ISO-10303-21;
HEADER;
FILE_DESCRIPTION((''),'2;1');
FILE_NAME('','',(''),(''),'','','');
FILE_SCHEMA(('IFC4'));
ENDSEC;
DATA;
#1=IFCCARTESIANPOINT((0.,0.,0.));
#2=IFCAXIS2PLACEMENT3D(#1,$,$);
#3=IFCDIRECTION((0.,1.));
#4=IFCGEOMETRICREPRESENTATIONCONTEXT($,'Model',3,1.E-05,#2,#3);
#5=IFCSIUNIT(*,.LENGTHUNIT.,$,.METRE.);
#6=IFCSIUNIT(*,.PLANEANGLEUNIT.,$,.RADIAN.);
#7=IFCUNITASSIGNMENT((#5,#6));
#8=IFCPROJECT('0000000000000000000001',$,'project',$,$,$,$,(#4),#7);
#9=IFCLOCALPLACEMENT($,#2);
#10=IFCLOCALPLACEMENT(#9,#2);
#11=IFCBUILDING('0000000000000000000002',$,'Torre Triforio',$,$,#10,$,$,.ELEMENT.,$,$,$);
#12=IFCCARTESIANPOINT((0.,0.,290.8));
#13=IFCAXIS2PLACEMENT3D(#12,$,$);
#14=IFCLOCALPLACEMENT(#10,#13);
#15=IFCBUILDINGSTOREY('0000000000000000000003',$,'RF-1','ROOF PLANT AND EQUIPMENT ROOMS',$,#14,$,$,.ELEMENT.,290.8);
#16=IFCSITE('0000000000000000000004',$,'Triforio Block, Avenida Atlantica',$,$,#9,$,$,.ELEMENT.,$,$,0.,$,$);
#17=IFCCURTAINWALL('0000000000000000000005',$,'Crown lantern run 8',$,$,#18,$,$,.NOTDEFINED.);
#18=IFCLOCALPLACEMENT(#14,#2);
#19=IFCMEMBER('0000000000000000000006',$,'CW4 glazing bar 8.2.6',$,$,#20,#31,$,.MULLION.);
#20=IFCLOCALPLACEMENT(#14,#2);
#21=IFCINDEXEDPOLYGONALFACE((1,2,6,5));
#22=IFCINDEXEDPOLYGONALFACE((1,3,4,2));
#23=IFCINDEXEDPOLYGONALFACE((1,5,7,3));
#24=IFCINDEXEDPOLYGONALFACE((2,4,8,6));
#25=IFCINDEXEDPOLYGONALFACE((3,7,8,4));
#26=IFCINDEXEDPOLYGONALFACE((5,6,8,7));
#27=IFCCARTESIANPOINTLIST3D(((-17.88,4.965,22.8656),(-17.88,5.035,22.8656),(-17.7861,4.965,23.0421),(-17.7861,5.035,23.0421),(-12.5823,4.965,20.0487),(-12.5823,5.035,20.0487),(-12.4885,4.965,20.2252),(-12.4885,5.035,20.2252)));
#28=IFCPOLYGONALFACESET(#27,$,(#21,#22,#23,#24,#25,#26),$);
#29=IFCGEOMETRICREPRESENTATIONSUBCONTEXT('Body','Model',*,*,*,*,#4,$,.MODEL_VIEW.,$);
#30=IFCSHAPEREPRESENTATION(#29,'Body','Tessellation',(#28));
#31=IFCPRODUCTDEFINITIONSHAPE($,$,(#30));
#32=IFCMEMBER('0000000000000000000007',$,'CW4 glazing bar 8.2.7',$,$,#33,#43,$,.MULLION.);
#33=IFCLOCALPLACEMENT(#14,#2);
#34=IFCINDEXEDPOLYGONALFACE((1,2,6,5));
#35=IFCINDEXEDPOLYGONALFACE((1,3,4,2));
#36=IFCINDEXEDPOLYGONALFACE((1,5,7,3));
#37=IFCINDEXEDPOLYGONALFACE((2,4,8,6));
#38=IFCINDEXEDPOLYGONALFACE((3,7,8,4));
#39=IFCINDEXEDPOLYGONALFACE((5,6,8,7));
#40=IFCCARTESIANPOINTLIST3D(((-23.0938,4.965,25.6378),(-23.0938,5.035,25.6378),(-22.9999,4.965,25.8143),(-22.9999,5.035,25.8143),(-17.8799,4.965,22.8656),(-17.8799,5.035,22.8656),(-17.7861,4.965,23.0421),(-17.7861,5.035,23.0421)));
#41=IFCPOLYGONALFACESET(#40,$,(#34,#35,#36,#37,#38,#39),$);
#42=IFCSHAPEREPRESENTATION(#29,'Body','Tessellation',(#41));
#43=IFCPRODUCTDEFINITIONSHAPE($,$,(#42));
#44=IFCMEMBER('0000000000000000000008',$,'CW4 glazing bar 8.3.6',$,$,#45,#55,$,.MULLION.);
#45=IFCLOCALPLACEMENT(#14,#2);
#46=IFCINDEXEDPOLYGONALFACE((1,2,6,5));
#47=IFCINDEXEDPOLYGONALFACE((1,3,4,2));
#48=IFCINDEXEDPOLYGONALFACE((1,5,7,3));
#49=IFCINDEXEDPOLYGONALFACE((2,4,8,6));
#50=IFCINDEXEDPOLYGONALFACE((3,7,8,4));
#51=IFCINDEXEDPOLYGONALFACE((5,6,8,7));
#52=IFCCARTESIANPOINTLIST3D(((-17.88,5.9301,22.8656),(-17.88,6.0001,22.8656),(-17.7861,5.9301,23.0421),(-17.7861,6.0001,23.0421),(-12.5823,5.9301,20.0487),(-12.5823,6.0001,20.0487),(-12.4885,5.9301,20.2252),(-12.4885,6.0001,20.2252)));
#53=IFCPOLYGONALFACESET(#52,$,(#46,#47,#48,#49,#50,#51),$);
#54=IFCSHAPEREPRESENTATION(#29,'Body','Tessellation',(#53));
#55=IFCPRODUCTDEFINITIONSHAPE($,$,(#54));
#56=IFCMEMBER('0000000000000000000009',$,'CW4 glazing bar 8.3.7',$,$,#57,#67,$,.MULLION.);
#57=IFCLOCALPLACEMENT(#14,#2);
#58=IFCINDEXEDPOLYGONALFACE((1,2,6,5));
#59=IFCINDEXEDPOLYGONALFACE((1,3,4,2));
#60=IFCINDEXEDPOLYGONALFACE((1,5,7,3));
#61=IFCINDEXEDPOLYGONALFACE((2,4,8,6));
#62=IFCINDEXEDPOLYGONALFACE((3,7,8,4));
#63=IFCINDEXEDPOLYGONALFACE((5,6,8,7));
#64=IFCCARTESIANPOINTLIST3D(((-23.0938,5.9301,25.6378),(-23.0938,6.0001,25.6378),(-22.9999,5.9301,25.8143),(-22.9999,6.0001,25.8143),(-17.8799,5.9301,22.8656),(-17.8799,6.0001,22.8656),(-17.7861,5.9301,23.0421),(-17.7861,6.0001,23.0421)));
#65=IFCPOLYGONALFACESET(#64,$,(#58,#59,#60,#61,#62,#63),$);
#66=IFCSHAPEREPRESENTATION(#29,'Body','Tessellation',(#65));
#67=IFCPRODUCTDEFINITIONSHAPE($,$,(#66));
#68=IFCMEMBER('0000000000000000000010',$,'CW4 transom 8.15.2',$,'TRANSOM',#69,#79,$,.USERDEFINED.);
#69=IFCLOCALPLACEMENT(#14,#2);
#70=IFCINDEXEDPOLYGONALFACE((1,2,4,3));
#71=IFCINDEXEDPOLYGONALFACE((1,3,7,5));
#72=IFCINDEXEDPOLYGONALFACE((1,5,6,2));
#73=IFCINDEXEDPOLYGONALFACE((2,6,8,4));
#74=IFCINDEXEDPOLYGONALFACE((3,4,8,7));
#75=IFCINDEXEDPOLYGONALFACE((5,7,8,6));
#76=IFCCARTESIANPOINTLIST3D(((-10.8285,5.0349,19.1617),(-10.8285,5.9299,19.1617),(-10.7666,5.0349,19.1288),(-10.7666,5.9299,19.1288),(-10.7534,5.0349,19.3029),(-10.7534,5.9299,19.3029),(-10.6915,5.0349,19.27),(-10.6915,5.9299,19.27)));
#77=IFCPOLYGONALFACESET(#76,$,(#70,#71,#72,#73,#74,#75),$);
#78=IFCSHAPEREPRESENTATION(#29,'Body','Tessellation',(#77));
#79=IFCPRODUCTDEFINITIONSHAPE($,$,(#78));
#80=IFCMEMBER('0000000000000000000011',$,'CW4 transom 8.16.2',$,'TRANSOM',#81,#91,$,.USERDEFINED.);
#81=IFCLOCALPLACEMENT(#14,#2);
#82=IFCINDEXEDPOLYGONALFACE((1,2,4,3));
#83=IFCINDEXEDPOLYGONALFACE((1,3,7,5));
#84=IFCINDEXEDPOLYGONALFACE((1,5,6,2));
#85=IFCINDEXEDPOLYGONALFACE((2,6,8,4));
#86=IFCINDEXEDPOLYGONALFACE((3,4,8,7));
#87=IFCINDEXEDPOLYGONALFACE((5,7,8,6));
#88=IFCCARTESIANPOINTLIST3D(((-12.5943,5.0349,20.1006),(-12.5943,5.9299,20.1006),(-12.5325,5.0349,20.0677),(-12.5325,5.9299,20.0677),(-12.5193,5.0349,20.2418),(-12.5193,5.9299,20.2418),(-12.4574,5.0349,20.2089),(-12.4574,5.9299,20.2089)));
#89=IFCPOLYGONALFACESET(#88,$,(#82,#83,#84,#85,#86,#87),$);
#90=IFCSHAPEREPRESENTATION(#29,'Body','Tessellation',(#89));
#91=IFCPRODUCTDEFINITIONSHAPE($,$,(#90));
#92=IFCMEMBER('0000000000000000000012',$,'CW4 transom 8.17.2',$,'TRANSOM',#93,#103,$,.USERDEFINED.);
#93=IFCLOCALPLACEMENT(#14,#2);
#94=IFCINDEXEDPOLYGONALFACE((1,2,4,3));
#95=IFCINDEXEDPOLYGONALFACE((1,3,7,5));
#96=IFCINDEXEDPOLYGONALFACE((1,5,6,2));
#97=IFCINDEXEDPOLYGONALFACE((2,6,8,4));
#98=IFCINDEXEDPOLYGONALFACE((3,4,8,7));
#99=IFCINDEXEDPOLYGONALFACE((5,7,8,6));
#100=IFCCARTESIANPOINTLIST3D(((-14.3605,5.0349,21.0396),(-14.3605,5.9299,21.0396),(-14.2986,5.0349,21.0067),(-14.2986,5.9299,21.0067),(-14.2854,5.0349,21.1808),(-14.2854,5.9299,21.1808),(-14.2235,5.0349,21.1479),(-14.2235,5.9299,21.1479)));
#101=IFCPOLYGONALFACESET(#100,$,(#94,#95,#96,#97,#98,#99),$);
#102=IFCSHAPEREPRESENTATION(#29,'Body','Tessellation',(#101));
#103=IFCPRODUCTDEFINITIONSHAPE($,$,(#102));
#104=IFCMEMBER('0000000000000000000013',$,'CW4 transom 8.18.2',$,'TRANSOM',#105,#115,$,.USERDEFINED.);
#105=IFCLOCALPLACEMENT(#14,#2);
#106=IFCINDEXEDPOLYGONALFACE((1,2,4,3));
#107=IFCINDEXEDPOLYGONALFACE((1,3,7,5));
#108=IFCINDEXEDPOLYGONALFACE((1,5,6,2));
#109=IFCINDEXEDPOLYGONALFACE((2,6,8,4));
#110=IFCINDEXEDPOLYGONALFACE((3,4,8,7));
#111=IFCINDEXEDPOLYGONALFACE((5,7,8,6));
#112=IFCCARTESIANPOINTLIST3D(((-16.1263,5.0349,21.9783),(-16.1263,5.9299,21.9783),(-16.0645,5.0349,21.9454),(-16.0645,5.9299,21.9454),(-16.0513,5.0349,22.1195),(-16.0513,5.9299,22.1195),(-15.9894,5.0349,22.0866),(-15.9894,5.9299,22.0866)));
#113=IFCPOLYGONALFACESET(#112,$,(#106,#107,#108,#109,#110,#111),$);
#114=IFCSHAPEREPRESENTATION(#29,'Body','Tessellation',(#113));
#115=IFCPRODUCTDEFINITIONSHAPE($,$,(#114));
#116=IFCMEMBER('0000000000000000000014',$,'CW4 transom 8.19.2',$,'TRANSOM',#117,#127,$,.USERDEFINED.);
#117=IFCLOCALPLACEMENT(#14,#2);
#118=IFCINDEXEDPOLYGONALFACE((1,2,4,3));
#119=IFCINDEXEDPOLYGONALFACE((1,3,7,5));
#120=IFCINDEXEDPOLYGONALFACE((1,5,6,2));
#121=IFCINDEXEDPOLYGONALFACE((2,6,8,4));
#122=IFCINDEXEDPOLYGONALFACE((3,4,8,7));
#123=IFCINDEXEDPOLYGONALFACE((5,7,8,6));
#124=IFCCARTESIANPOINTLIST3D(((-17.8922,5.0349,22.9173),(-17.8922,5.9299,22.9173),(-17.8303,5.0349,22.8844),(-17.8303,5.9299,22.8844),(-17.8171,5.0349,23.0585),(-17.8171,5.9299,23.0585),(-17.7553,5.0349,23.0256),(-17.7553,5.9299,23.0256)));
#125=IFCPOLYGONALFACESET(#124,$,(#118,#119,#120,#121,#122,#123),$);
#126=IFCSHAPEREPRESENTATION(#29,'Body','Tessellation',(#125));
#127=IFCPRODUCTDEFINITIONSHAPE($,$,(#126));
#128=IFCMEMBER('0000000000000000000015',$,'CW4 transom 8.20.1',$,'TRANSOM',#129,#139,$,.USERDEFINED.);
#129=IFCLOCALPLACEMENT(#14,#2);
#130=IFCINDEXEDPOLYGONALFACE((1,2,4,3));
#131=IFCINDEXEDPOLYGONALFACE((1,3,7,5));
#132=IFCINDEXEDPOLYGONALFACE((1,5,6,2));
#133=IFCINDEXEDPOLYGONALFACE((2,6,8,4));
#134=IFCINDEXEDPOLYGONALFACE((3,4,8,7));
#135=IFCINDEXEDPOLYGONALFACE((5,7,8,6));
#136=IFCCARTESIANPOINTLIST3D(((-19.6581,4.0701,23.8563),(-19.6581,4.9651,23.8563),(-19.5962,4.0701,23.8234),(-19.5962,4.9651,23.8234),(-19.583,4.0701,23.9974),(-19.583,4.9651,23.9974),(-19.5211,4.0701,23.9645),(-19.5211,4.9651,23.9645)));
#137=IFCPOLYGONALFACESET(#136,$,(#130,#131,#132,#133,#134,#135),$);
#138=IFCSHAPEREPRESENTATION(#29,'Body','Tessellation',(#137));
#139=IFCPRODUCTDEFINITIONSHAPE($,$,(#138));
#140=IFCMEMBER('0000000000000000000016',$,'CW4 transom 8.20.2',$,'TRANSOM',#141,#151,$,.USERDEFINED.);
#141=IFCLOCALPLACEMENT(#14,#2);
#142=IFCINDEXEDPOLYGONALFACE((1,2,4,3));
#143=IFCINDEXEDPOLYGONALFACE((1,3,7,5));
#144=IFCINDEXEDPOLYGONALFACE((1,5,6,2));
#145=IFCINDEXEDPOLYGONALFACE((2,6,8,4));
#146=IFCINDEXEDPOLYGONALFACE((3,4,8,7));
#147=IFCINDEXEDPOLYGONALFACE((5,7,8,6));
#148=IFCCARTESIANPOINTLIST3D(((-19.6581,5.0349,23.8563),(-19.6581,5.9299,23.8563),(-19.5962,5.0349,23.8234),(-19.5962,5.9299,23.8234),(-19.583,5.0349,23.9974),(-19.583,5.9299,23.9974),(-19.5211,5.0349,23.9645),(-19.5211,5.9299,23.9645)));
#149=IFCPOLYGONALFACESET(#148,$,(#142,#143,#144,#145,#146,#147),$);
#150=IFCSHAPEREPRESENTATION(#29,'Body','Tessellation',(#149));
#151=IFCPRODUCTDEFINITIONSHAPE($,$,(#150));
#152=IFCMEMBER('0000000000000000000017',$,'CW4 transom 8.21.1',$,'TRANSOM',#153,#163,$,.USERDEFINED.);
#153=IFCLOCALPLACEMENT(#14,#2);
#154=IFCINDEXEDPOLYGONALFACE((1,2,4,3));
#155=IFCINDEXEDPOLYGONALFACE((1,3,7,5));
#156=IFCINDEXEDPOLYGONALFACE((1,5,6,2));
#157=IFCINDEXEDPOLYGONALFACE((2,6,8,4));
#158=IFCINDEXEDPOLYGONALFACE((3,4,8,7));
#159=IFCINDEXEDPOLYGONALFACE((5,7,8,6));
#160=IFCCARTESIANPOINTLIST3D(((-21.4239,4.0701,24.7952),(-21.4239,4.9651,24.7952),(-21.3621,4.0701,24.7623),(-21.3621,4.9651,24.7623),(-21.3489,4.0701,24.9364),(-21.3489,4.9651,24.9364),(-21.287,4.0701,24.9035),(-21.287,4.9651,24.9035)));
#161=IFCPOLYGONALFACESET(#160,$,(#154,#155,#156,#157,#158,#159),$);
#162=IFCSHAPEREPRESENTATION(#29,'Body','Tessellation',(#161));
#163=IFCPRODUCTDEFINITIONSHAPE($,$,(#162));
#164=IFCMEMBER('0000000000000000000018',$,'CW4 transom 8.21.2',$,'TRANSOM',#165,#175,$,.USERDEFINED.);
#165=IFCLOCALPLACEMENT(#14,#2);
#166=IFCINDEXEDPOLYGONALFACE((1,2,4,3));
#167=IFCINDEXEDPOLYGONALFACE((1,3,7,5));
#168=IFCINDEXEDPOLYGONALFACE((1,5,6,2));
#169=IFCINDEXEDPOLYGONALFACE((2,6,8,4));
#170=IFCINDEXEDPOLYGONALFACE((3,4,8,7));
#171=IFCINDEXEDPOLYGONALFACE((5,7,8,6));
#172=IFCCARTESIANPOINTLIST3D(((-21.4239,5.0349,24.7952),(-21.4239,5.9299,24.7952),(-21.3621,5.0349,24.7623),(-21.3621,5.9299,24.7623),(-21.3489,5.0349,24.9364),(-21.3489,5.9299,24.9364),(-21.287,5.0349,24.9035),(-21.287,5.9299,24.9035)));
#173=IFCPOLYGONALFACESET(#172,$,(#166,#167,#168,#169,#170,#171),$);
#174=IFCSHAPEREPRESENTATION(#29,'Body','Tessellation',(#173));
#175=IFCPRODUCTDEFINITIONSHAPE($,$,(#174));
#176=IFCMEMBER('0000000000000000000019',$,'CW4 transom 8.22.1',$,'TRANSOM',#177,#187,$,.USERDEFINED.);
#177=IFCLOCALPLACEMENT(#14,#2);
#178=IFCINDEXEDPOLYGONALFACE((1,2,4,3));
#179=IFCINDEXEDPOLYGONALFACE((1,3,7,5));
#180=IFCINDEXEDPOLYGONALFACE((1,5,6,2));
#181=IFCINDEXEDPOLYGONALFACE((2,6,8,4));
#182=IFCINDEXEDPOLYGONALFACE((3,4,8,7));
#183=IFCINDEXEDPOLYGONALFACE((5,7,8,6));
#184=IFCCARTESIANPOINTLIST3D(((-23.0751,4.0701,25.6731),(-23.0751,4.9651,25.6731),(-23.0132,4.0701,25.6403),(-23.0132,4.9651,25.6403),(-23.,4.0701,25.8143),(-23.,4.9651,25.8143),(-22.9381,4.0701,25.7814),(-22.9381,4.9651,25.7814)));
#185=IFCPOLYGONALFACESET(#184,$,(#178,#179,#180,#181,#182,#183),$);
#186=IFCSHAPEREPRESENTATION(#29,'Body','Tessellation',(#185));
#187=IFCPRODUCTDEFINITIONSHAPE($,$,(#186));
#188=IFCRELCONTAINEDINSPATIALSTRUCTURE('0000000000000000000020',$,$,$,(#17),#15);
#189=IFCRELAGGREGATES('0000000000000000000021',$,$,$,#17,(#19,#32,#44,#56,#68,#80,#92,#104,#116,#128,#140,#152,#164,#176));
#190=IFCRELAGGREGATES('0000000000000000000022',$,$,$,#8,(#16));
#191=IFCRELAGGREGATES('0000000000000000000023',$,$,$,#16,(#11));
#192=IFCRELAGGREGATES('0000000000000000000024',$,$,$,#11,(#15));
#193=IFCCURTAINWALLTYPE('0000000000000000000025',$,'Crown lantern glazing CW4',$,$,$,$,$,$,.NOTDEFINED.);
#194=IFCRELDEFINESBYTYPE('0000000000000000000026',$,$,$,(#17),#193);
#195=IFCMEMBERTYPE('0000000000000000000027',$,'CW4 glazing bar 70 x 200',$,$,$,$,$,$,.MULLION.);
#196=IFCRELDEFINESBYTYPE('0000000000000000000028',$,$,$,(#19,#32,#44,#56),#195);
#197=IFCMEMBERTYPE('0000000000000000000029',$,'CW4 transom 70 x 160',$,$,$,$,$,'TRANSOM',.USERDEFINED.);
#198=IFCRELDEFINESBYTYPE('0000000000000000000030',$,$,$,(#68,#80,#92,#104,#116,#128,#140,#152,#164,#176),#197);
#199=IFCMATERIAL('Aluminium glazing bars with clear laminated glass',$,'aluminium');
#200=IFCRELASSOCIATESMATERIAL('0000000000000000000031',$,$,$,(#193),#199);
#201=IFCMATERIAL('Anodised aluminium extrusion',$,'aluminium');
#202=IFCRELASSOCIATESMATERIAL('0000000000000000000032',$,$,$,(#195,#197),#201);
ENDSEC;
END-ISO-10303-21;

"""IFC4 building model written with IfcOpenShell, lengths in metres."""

from ifc_helpers import new_model, si_unit, direction, frame, origin, origin_2d, place, context, subcontext, project, spatial, rectangle, extrude, material, material_profile, profile_set, type_object, element, aggregate, save


model = new_model("IFC4")

# Units and contexts
model_context = context("Model", 3, precision=1e-05, world=origin(), true_north=direction((0.0, 1.0)))
body_context = subcontext(model_context, "Body", "Model", "MODEL_VIEW")
ifc_project = project(units=[si_unit("LENGTHUNIT", "METRE"), si_unit("PLANEANGLEUNIT", "RADIAN")], contexts=[model_context])

# Site, building, storey
site_placement = place(None, origin())
site = spatial("IfcSite", under=ifc_project, at=site_placement, Name="Triforio Block, Avenida Atlantica", CompositionType="ELEMENT", RefElevation=0.0)
building_placement = place(site_placement, origin())
building = spatial("IfcBuilding", under=site, at=building_placement, Name="Torre Triforio", CompositionType="ELEMENT")
storey_placement = place(building_placement, frame((0.0, 0.0, 290.8)))
storey = spatial("IfcBuildingStorey", under=building, at=storey_placement, Name="RF-1", Description="ROOF PLANT AND EQUIPMENT ROOMS", CompositionType="ELEMENT", Elevation=290.8)

# Curtain wall, members
ifc_material_1 = material(Name="Aluminium glazing bars with clear laminated glass", Category="aluminium")
curtain_wall_type = type_object("IfcCurtainWallType", Name="Crown lantern glazing CW4", PredefinedType="NOTDEFINED", material=ifc_material_1)
curtain_wall_placement = place(storey_placement, origin())
curtain_wall = element("IfcCurtainWall", 1, at=curtain_wall_placement, inside=storey, type_object=curtain_wall_type, Name="Crown lantern run 8", PredefinedType="NOTDEFINED")
ifc_material_2 = material(Name="Anodised aluminium extrusion", Category="aluminium")
ifc_material_profile_1 = material_profile(ifc_material_2, rectangle(XDim=0.0701, YDim=0.2, at=origin_2d()), Name="CW4 MULLION 70x200")
ifc_profile_set_1 = profile_set([ifc_material_profile_1], Name="Anodised aluminium extrusion")
member_type_1 = type_object("IfcMemberType", Name="CW4 glazing bar 70 x 200", PredefinedType="MULLION", material=ifc_profile_set_1)
member_1_placement = place(storey_placement, frame((-12.5354, 5.0, 20.137), z_axis=(-0.88294, 0.0, 0.469485), x_axis=(0.0, -1.0, 0.0)))
member_1 = element("IfcMember", 2, at=member_1_placement, type_object=member_type_1, Name="CW4 glazing bar 8.2.6", PredefinedType="MULLION", context=body_context, shape_type="SweptSolid", body=[
    extrude(rectangle(XDim=0.0701, YDim=0.2, at=origin_2d()), origin(), (0.0, 0.0, 1.0), 6.0),
])
member_2_placement = place(storey_placement, frame((-17.833, 5.0, 22.9539), z_axis=(-0.882951, 0.0, 0.469466), x_axis=(0.0, -1.0, 0.0)))
member_2 = element("IfcMember", 3, at=member_2_placement, type_object=member_type_1, Name="CW4 glazing bar 8.2.7", PredefinedType="MULLION", context=body_context, shape_type="SweptSolid", body=[
    extrude(rectangle(XDim=0.0701, YDim=0.2, at=origin_2d()), origin(), (0.0, 0.0, 1.0), 5.905),
])
member_3_placement = place(storey_placement, frame((-12.5354, 5.9651, 20.137), z_axis=(-0.88294, 0.0, 0.469485), x_axis=(0.0, -1.0, 0.0)))
member_3 = element("IfcMember", 4, at=member_3_placement, type_object=member_type_1, Name="CW4 glazing bar 8.3.6", PredefinedType="MULLION", context=body_context, shape_type="SweptSolid", body=[
    extrude(rectangle(XDim=0.0701, YDim=0.2, at=origin_2d()), origin(), (0.0, 0.0, 1.0), 6.0),
])
member_4_placement = place(storey_placement, frame((-17.833, 5.9651, 22.9539), z_axis=(-0.882951, 0.0, 0.469466), x_axis=(0.0, -1.0, 0.0)))
member_4 = element("IfcMember", 5, at=member_4_placement, type_object=member_type_1, Name="CW4 glazing bar 8.3.7", PredefinedType="MULLION", context=body_context, shape_type="SweptSolid", body=[
    extrude(rectangle(XDim=0.0701, YDim=0.2, at=origin_2d()), origin(), (0.0, 0.0, 1.0), 5.905),
])
ifc_material_profile_2 = material_profile(ifc_material_2, rectangle(XDim=0.0701, YDim=0.1599, at=origin_2d()), Name="CW4 TRANSOM 70x160")
ifc_profile_set_2 = profile_set([ifc_material_profile_2], Name="Anodised aluminium extrusion")
member_type_2 = type_object("IfcMemberType", Name="CW4 transom 70 x 160", ElementType="TRANSOM", PredefinedType="USERDEFINED", material=ifc_profile_set_2)
member_5_placement = place(storey_placement, frame((-10.76, 5.0349, 19.2158), z_axis=(0.0, 1.0, 0.0), x_axis=(-0.882948, 0.0, 0.469472)))
member_5 = element("IfcMember", 6, at=member_5_placement, type_object=member_type_2, Name="CW4 transom 8.15.2", ObjectType="TRANSOM", PredefinedType="USERDEFINED", context=body_context, shape_type="SweptSolid", body=[
    extrude(rectangle(XDim=0.0701, YDim=0.1599, at=origin_2d()), origin(), (0.0, 0.0, 1.0), 0.895),
])
member_6_placement = place(storey_placement, frame((-12.5259, 5.0349, 20.1548), z_axis=(0.0, 1.0, 0.0), x_axis=(-0.882948, 0.0, 0.469472)))
member_6 = element("IfcMember", 7, at=member_6_placement, type_object=member_type_2, Name="CW4 transom 8.16.2", ObjectType="TRANSOM", PredefinedType="USERDEFINED", context=body_context, shape_type="SweptSolid", body=[
    extrude(rectangle(XDim=0.0701, YDim=0.1599, at=origin_2d()), origin(), (0.0, 0.0, 1.0), 0.895),
])
member_7_placement = place(storey_placement, frame((-14.292, 5.0349, 21.0938), z_axis=(0.0, 1.0, 0.0), x_axis=(-0.882948, 0.0, 0.469472)))
member_7 = element("IfcMember", 8, at=member_7_placement, type_object=member_type_2, Name="CW4 transom 8.17.2", ObjectType="TRANSOM", PredefinedType="USERDEFINED", context=body_context, shape_type="SweptSolid", body=[
    extrude(rectangle(XDim=0.0701, YDim=0.1599, at=origin_2d()), origin(), (0.0, 0.0, 1.0), 0.895),
])
member_8_placement = place(storey_placement, frame((-16.0579, 5.0349, 22.0325), z_axis=(0.0, 1.0, 0.0), x_axis=(-0.882948, 0.0, 0.469472)))
member_8 = element("IfcMember", 9, at=member_8_placement, type_object=member_type_2, Name="CW4 transom 8.18.2", ObjectType="TRANSOM", PredefinedType="USERDEFINED", context=body_context, shape_type="SweptSolid", body=[
    extrude(rectangle(XDim=0.0701, YDim=0.1599, at=origin_2d()), origin(), (0.0, 0.0, 1.0), 0.895),
])
member_9_placement = place(storey_placement, frame((-17.8237, 5.0349, 22.9714), z_axis=(0.0, 1.0, 0.0), x_axis=(-0.882948, 0.0, 0.469472)))
member_9 = element("IfcMember", 10, at=member_9_placement, type_object=member_type_2, Name="CW4 transom 8.19.2", ObjectType="TRANSOM", PredefinedType="USERDEFINED", context=body_context, shape_type="SweptSolid", body=[
    extrude(rectangle(XDim=0.0701, YDim=0.1599, at=origin_2d()), origin(), (0.0, 0.0, 1.0), 0.895),
])
member_10_placement = place(storey_placement, frame((-19.5896, 4.0701, 23.9104), z_axis=(0.0, 1.0, 0.0), x_axis=(-0.882948, 0.0, 0.469472)))
member_10 = element("IfcMember", 11, at=member_10_placement, type_object=member_type_2, Name="CW4 transom 8.20.1", ObjectType="TRANSOM", PredefinedType="USERDEFINED", context=body_context, shape_type="SweptSolid", body=[
    extrude(rectangle(XDim=0.0701, YDim=0.1599, at=origin_2d()), origin(), (0.0, 0.0, 1.0), 0.895),
])
member_11_placement = place(storey_placement, frame((-19.5896, 5.0349, 23.9104), z_axis=(0.0, 1.0, 0.0), x_axis=(-0.882948, 0.0, 0.469472)))
member_11 = element("IfcMember", 12, at=member_11_placement, type_object=member_type_2, Name="CW4 transom 8.20.2", ObjectType="TRANSOM", PredefinedType="USERDEFINED", context=body_context, shape_type="SweptSolid", body=[
    extrude(rectangle(XDim=0.0701, YDim=0.1599, at=origin_2d()), origin(), (0.0, 0.0, 1.0), 0.895),
])
member_12_placement = place(storey_placement, frame((-21.3555, 4.0701, 24.8494), z_axis=(0.0, 1.0, 0.0), x_axis=(-0.882948, 0.0, 0.469472)))
member_12 = element("IfcMember", 13, at=member_12_placement, type_object=member_type_2, Name="CW4 transom 8.21.1", ObjectType="TRANSOM", PredefinedType="USERDEFINED", context=body_context, shape_type="SweptSolid", body=[
    extrude(rectangle(XDim=0.0701, YDim=0.1599, at=origin_2d()), origin(), (0.0, 0.0, 1.0), 0.895),
])
member_13_placement = place(storey_placement, frame((-21.3555, 5.0349, 24.8494), z_axis=(0.0, 1.0, 0.0), x_axis=(-0.882948, 0.0, 0.469472)))
member_13 = element("IfcMember", 14, at=member_13_placement, type_object=member_type_2, Name="CW4 transom 8.21.2", ObjectType="TRANSOM", PredefinedType="USERDEFINED", context=body_context, shape_type="SweptSolid", body=[
    extrude(rectangle(XDim=0.0701, YDim=0.1599, at=origin_2d()), origin(), (0.0, 0.0, 1.0), 0.895),
])
member_14_placement = place(storey_placement, frame((-23.0066, 4.0701, 25.7273), z_axis=(0.0, 1.0, 0.0), x_axis=(-0.882948, 0.0, 0.469472)))
member_14 = element("IfcMember", 15, at=member_14_placement, type_object=member_type_2, Name="CW4 transom 8.22.1", ObjectType="TRANSOM", PredefinedType="USERDEFINED", context=body_context, shape_type="SweptSolid", body=[
    extrude(rectangle(XDim=0.0701, YDim=0.1599, at=origin_2d()), origin(), (0.0, 0.0, 1.0), 0.895),
])
aggregate(curtain_wall, [member_1, member_2, member_3, member_4, member_5, member_6, member_7, member_8, member_9, member_10, member_11, member_12, member_13, member_14])

save(model, "model.ifc")
